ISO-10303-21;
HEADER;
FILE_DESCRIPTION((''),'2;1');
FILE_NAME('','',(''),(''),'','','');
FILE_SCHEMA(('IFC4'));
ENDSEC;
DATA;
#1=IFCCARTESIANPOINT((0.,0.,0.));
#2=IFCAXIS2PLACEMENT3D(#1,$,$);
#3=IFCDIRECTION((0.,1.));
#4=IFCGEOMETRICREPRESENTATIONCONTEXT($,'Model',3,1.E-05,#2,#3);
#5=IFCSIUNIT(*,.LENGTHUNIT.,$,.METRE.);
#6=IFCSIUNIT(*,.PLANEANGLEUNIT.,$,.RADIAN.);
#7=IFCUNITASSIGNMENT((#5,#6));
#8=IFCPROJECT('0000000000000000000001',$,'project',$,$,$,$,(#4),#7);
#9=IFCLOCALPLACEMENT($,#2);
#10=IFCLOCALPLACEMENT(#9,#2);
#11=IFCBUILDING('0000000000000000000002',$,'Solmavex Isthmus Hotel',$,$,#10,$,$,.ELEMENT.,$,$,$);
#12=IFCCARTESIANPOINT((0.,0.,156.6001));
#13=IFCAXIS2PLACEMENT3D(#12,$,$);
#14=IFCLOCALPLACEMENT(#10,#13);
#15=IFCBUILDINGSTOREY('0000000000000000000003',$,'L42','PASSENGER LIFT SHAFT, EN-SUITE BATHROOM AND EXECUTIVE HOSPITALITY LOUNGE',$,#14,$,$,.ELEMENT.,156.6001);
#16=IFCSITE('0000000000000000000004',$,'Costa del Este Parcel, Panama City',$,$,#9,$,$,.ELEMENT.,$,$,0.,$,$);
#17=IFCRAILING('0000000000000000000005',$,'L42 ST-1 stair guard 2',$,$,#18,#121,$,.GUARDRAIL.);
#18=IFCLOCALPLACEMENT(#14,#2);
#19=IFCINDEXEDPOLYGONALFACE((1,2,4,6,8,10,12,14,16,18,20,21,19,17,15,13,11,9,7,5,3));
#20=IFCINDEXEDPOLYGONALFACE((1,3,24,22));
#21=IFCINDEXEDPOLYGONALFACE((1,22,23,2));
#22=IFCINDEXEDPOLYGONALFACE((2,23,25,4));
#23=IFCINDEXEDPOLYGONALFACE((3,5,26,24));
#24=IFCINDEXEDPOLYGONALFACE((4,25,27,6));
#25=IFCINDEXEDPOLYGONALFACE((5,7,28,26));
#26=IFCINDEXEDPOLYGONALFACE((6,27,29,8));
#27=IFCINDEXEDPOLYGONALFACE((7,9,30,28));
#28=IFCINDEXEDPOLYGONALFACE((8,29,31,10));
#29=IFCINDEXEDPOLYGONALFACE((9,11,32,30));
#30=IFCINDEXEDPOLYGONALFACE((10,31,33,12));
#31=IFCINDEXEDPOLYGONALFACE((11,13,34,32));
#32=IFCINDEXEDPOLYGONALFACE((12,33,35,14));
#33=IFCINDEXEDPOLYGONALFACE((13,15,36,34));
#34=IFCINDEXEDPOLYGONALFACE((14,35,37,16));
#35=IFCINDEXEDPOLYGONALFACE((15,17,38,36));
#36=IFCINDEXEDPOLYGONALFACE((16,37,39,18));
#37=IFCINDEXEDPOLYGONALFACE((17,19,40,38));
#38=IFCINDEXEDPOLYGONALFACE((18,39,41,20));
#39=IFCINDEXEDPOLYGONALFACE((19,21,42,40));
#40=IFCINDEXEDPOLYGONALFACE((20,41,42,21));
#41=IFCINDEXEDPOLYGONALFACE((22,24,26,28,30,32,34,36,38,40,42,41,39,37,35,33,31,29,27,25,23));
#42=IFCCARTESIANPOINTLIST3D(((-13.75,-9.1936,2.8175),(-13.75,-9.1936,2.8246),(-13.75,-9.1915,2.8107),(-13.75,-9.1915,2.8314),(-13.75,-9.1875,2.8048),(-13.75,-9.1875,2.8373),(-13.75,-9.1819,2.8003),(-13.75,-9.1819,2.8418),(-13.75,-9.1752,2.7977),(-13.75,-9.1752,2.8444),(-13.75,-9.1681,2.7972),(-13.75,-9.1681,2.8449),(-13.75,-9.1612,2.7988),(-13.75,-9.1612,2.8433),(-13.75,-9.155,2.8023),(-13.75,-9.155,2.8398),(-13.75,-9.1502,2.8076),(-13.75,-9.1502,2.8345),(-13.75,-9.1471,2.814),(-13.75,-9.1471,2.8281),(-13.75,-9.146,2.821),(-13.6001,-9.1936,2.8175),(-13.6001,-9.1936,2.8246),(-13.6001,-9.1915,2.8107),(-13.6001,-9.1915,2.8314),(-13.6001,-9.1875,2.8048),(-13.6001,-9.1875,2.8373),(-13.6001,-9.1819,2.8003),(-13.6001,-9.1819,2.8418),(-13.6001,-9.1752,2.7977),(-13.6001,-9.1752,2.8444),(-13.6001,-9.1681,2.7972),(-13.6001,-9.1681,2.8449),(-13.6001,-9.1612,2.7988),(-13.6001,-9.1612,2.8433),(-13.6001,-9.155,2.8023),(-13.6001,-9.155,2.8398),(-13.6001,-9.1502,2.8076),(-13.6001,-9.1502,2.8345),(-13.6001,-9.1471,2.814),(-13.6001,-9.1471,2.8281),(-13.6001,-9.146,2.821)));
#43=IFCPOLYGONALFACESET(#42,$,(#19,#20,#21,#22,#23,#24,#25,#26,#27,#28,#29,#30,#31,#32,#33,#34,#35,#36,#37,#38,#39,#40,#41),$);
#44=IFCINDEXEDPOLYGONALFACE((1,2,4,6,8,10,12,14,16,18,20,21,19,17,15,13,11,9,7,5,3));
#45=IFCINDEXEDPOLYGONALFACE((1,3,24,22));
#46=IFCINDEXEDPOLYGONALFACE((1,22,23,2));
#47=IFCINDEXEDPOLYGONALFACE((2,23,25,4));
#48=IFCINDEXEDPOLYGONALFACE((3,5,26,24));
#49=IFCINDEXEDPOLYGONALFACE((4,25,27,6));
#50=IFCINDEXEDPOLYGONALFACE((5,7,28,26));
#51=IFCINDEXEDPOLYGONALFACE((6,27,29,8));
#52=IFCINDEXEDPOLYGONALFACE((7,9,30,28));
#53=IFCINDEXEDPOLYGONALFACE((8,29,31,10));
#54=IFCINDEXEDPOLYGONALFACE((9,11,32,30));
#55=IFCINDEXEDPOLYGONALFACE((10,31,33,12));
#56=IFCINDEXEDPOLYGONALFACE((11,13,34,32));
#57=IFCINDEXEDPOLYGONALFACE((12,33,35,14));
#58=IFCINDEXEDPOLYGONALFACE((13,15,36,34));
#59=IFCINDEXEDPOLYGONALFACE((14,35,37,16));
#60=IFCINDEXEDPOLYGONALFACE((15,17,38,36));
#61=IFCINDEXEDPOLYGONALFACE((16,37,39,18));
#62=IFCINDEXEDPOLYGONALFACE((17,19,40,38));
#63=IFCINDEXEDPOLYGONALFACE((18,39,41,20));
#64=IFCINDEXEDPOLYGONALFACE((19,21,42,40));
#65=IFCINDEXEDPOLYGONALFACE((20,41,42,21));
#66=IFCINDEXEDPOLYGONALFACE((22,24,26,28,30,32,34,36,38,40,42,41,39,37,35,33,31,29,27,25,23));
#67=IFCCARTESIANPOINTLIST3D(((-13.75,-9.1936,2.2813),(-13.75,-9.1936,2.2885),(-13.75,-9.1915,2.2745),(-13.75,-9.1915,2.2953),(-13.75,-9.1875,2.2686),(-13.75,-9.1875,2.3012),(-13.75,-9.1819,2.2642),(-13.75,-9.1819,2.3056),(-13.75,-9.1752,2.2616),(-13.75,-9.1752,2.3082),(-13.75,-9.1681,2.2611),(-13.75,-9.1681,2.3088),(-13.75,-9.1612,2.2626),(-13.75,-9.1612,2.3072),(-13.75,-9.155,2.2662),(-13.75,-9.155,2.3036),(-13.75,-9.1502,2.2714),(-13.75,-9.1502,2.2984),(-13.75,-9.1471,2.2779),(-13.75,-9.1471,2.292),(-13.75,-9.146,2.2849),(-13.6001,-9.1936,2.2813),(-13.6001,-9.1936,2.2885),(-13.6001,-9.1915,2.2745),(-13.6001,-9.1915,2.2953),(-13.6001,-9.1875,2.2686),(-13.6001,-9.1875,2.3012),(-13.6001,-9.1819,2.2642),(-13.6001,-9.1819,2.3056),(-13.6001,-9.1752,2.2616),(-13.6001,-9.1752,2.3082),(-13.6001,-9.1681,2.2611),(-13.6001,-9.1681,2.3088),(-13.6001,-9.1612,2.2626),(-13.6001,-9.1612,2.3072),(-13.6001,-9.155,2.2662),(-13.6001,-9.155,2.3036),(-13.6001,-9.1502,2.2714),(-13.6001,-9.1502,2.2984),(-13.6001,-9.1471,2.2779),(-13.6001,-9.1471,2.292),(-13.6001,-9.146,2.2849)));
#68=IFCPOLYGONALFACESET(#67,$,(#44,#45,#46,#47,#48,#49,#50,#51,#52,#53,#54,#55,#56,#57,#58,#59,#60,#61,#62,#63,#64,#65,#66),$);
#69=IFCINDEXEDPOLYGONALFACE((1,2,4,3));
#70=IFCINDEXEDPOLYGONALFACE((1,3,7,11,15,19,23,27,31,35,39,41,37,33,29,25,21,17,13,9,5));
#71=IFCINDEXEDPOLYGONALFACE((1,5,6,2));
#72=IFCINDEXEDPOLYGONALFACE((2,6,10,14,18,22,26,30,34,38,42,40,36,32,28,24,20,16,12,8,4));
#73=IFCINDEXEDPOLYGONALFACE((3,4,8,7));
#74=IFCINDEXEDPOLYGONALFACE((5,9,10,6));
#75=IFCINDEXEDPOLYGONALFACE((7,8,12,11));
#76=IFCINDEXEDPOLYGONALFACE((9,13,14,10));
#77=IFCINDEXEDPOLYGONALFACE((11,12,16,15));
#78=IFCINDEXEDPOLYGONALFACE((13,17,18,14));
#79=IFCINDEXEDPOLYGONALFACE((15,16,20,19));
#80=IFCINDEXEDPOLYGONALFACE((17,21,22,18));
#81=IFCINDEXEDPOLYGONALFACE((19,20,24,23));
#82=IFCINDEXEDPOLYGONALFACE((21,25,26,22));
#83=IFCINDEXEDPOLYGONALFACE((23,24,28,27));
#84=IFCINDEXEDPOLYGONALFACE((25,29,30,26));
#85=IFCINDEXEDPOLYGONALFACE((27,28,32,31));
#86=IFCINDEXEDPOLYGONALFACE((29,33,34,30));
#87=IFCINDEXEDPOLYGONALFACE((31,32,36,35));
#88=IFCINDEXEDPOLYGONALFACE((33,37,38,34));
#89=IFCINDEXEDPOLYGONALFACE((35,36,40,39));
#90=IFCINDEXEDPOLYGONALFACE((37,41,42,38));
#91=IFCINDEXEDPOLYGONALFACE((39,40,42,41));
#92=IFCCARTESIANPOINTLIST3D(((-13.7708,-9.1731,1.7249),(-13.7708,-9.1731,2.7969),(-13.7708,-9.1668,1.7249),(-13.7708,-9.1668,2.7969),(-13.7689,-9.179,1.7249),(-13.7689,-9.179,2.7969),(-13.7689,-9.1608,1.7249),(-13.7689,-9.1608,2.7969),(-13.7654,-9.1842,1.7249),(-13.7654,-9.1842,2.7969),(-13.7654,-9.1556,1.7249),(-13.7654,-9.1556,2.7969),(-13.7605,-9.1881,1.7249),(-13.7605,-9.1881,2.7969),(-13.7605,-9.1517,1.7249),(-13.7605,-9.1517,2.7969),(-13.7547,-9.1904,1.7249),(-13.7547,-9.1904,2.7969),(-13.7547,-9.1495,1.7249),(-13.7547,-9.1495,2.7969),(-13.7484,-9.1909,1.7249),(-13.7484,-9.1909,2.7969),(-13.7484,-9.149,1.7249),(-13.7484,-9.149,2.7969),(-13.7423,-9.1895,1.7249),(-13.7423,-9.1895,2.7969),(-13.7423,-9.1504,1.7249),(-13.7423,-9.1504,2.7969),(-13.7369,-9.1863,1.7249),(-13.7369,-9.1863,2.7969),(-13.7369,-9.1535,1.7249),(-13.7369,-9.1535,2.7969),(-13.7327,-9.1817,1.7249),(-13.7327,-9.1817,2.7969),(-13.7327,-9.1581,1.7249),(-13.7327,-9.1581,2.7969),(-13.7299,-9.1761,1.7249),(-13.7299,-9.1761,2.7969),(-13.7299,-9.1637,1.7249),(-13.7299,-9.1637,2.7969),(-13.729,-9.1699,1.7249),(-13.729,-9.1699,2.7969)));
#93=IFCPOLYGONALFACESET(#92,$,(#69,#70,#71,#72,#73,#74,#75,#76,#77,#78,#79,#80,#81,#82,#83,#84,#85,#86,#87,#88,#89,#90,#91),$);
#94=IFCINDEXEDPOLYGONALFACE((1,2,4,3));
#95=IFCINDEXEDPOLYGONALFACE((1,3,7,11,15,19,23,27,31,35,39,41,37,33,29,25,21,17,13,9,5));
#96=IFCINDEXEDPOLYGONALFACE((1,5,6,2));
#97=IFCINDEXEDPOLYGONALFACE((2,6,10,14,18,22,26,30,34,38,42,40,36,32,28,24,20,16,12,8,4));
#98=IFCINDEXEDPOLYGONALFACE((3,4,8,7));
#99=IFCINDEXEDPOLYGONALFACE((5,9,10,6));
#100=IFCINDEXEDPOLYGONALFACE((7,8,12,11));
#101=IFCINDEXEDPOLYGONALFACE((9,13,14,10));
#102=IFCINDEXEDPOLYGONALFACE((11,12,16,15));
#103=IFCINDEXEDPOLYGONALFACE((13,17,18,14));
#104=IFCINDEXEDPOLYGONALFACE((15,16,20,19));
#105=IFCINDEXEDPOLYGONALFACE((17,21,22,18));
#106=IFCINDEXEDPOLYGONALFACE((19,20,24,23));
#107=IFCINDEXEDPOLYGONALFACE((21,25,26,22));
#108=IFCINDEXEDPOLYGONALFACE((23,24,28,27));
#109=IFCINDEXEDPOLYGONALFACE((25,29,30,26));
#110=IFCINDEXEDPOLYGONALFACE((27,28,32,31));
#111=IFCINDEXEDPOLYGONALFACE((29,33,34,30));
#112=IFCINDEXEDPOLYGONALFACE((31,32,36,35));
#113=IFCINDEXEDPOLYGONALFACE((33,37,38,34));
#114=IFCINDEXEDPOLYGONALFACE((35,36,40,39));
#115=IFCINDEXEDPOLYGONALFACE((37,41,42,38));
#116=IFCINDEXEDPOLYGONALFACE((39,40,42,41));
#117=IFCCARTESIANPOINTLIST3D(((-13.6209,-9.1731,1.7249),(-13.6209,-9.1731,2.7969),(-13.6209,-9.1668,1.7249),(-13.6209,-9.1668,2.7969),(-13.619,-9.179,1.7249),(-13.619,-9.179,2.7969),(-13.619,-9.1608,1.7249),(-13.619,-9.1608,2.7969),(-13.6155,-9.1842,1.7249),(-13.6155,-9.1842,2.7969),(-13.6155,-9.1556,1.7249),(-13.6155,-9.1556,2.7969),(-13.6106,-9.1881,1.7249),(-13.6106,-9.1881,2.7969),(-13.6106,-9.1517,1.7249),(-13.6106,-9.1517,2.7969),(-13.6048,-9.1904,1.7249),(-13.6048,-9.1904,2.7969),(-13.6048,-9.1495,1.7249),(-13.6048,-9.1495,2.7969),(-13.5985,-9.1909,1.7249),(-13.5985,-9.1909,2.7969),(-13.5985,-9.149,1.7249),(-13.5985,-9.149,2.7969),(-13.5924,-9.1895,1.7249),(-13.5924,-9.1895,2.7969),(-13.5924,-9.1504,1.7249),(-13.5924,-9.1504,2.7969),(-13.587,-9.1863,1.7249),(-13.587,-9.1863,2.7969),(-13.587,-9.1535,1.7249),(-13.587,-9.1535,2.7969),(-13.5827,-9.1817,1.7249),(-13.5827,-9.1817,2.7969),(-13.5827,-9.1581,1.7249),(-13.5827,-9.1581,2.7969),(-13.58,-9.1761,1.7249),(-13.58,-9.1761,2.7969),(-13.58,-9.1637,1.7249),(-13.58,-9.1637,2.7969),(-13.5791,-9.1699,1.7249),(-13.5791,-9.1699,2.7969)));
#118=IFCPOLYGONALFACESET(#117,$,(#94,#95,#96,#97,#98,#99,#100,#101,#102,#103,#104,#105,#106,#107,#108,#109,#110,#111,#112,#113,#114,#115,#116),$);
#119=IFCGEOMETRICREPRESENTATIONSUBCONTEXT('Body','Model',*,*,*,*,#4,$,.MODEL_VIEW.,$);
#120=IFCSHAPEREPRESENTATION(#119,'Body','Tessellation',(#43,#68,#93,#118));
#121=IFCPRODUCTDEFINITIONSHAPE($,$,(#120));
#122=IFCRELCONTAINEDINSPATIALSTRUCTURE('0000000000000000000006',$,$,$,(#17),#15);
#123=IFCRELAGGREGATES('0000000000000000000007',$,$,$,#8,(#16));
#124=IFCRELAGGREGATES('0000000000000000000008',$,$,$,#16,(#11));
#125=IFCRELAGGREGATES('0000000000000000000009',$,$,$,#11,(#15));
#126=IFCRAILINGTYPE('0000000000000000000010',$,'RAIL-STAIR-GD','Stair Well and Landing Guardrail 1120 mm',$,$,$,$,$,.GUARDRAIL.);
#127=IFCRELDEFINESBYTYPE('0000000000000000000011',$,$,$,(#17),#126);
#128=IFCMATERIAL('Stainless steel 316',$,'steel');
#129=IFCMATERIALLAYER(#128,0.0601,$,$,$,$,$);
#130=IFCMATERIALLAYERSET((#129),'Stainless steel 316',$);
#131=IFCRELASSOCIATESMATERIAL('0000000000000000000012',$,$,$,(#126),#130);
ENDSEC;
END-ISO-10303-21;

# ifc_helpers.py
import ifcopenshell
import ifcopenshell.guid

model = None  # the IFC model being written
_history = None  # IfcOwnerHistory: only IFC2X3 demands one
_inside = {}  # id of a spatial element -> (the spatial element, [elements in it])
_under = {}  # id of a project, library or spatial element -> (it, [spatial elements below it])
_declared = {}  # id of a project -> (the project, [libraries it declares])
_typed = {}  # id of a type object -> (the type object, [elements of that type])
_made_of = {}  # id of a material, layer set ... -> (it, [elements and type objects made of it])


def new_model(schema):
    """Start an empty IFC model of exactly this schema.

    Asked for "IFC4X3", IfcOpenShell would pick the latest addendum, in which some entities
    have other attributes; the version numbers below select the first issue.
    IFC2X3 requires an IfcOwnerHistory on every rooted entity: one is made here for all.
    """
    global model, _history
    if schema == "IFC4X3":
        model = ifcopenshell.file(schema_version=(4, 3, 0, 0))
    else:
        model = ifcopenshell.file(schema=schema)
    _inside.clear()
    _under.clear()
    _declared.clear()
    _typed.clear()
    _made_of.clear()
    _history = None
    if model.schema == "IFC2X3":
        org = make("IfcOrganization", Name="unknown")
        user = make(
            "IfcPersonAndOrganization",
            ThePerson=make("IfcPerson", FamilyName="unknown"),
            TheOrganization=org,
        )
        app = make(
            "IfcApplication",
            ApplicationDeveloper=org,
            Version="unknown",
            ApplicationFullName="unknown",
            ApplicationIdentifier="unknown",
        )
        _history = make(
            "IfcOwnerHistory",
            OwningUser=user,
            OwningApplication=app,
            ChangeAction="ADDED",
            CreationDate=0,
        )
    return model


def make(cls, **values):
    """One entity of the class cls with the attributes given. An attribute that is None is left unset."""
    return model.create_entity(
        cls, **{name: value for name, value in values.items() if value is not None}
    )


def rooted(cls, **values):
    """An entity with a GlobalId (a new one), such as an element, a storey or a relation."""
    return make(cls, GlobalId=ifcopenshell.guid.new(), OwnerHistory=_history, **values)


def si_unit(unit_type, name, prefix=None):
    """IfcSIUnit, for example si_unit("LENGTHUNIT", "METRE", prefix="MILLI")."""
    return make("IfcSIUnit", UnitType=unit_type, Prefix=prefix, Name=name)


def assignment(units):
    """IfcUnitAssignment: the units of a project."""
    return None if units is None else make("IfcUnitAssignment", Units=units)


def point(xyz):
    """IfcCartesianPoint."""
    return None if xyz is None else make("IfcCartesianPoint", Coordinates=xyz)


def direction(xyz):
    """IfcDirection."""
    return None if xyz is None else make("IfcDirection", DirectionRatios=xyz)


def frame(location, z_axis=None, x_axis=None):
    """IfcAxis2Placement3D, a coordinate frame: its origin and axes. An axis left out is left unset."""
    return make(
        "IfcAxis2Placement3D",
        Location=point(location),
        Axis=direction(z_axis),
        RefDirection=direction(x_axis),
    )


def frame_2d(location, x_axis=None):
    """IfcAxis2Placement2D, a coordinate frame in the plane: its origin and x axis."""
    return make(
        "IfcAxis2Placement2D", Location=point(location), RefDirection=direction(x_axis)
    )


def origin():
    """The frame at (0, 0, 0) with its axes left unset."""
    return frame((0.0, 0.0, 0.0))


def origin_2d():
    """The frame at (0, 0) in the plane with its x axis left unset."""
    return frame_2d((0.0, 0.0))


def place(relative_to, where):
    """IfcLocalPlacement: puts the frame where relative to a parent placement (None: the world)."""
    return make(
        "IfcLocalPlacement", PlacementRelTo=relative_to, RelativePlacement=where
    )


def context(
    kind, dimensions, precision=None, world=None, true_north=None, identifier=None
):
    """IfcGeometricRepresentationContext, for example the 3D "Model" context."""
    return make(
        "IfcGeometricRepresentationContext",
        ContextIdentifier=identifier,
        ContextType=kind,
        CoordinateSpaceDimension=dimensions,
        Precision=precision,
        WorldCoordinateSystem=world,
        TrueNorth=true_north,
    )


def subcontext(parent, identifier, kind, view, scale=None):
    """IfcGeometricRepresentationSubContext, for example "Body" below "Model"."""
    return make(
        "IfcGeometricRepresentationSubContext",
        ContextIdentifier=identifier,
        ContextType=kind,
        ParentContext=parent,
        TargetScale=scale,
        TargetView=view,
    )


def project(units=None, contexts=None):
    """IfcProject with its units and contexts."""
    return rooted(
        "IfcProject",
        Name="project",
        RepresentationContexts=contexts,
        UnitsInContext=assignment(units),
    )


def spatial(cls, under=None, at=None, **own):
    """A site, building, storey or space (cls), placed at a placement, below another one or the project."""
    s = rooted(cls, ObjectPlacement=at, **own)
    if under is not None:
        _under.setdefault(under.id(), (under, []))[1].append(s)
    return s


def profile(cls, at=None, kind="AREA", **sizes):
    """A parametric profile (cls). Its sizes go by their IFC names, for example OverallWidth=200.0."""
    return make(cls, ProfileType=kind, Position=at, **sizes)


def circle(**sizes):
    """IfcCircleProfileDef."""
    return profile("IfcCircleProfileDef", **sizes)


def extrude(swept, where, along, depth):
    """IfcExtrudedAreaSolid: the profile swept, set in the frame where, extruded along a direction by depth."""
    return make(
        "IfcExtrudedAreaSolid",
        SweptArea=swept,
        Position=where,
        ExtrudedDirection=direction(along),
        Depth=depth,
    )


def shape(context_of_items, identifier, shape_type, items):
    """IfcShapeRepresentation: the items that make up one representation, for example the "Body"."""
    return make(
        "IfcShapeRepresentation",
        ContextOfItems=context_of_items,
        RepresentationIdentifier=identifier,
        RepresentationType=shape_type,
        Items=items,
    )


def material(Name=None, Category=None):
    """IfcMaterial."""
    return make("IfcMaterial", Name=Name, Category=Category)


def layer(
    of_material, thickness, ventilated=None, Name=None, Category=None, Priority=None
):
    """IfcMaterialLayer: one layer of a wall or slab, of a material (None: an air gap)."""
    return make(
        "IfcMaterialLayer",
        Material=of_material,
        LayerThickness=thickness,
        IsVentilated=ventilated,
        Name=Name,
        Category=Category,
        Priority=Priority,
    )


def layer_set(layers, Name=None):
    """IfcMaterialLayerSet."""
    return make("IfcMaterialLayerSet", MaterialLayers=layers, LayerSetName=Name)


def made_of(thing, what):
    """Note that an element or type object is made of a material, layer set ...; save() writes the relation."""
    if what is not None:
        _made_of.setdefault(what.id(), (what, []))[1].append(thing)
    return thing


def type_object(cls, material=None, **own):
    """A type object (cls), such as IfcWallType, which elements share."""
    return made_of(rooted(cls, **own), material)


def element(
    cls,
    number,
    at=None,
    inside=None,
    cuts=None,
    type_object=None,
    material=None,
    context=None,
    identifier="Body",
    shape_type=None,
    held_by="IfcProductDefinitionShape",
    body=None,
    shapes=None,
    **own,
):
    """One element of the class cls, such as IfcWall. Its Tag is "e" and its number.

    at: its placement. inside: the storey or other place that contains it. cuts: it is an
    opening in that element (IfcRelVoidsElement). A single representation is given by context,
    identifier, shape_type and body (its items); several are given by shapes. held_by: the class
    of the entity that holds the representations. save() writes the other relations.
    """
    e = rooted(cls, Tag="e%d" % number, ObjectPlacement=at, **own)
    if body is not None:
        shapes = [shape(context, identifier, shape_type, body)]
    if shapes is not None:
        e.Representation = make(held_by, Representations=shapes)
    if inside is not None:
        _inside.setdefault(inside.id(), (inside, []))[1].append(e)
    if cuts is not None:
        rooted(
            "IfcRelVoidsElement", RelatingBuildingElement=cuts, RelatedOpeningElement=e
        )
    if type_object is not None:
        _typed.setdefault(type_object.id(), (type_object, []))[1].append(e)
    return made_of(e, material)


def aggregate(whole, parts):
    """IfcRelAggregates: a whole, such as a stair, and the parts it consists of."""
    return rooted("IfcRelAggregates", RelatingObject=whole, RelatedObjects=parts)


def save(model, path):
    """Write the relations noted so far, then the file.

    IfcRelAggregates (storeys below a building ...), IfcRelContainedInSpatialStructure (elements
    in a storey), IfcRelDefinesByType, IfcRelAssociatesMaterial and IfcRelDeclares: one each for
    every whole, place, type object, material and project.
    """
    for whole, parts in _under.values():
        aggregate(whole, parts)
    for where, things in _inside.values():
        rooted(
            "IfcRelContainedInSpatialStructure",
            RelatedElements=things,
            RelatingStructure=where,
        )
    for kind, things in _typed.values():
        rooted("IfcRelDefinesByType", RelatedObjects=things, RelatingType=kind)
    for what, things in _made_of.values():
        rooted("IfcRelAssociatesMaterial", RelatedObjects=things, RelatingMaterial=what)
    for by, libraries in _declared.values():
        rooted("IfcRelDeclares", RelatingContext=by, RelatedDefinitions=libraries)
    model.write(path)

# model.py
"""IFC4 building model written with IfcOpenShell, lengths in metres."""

from ifc_helpers import new_model, si_unit, direction, frame, origin, origin_2d, place, context, subcontext, project, spatial, circle, extrude, material, layer, layer_set, type_object, element, save


model = new_model("IFC4")

# Units and contexts
model_context = context("Model", 3, precision=1e-05, world=origin(), true_north=direction((0.0, 1.0)))
body_context = subcontext(model_context, "Body", "Model", "MODEL_VIEW")
ifc_project = project(units=[si_unit("LENGTHUNIT", "METRE"), si_unit("PLANEANGLEUNIT", "RADIAN")], contexts=[model_context])

# Site, building, storey
site_placement = place(None, origin())
site = spatial("IfcSite", under=ifc_project, at=site_placement, Name="Costa del Este Parcel, Panama City", CompositionType="ELEMENT", RefElevation=0.0)
building_placement = place(site_placement, origin())
building = spatial("IfcBuilding", under=site, at=building_placement, Name="Solmavex Isthmus Hotel", CompositionType="ELEMENT")
storey_placement = place(building_placement, frame((0.0, 0.0, 156.6001)))
storey = spatial("IfcBuildingStorey", under=building, at=storey_placement, Name="L42", Description="PASSENGER LIFT SHAFT, EN-SUITE BATHROOM AND EXECUTIVE HOSPITALITY LOUNGE", CompositionType="ELEMENT", Elevation=156.6001)

# Shared definitions
ifc_material_1 = material(Name="Stainless steel 316", Category="steel")

# Railing
ifc_layer_1 = layer(ifc_material_1, 0.0601)
ifc_layer_set_1 = layer_set([ifc_layer_1], Name="Stainless steel 316")
railing_type_1 = type_object("IfcRailingType", Name="RAIL-STAIR-GD", Description="Stair Well and Landing Guardrail 1120 mm", PredefinedType="GUARDRAIL", material=ifc_layer_set_1)
railing_1_placement = place(storey_placement, frame((-13.75, -9.1699, 1.7249)))
element("IfcRailing", 1, at=railing_1_placement, inside=storey, type_object=railing_type_1, Name="L42 ST-1 stair guard 2", PredefinedType="GUARDRAIL", context=body_context, shape_type="SweptSolid", body=[
    extrude(circle(Radius=0.0239, at=origin_2d()), frame((0.0, 0.0, 1.0962), z_axis=(1.0, 0.0, 0.0), x_axis=(0.0, 1.0, 0.0)), (0.0, 0.0, 1.0), 0.1499),
    extrude(circle(Radius=0.0239, at=origin_2d()), frame((0.0, 0.0, 0.5601), z_axis=(1.0, 0.0, 0.0), x_axis=(0.0, 1.0, 0.0)), (0.0, 0.0, 1.0), 0.1499),
    extrude(circle(Radius=0.021, at=origin_2d()), origin(), (0.0, 0.0, 1.0), 1.072),
    extrude(circle(Radius=0.021, at=origin_2d()), frame((0.1499, 0.0, 0.0)), (0.0, 0.0, 1.0), 1.072),
])

save(model, "model.ifc")
